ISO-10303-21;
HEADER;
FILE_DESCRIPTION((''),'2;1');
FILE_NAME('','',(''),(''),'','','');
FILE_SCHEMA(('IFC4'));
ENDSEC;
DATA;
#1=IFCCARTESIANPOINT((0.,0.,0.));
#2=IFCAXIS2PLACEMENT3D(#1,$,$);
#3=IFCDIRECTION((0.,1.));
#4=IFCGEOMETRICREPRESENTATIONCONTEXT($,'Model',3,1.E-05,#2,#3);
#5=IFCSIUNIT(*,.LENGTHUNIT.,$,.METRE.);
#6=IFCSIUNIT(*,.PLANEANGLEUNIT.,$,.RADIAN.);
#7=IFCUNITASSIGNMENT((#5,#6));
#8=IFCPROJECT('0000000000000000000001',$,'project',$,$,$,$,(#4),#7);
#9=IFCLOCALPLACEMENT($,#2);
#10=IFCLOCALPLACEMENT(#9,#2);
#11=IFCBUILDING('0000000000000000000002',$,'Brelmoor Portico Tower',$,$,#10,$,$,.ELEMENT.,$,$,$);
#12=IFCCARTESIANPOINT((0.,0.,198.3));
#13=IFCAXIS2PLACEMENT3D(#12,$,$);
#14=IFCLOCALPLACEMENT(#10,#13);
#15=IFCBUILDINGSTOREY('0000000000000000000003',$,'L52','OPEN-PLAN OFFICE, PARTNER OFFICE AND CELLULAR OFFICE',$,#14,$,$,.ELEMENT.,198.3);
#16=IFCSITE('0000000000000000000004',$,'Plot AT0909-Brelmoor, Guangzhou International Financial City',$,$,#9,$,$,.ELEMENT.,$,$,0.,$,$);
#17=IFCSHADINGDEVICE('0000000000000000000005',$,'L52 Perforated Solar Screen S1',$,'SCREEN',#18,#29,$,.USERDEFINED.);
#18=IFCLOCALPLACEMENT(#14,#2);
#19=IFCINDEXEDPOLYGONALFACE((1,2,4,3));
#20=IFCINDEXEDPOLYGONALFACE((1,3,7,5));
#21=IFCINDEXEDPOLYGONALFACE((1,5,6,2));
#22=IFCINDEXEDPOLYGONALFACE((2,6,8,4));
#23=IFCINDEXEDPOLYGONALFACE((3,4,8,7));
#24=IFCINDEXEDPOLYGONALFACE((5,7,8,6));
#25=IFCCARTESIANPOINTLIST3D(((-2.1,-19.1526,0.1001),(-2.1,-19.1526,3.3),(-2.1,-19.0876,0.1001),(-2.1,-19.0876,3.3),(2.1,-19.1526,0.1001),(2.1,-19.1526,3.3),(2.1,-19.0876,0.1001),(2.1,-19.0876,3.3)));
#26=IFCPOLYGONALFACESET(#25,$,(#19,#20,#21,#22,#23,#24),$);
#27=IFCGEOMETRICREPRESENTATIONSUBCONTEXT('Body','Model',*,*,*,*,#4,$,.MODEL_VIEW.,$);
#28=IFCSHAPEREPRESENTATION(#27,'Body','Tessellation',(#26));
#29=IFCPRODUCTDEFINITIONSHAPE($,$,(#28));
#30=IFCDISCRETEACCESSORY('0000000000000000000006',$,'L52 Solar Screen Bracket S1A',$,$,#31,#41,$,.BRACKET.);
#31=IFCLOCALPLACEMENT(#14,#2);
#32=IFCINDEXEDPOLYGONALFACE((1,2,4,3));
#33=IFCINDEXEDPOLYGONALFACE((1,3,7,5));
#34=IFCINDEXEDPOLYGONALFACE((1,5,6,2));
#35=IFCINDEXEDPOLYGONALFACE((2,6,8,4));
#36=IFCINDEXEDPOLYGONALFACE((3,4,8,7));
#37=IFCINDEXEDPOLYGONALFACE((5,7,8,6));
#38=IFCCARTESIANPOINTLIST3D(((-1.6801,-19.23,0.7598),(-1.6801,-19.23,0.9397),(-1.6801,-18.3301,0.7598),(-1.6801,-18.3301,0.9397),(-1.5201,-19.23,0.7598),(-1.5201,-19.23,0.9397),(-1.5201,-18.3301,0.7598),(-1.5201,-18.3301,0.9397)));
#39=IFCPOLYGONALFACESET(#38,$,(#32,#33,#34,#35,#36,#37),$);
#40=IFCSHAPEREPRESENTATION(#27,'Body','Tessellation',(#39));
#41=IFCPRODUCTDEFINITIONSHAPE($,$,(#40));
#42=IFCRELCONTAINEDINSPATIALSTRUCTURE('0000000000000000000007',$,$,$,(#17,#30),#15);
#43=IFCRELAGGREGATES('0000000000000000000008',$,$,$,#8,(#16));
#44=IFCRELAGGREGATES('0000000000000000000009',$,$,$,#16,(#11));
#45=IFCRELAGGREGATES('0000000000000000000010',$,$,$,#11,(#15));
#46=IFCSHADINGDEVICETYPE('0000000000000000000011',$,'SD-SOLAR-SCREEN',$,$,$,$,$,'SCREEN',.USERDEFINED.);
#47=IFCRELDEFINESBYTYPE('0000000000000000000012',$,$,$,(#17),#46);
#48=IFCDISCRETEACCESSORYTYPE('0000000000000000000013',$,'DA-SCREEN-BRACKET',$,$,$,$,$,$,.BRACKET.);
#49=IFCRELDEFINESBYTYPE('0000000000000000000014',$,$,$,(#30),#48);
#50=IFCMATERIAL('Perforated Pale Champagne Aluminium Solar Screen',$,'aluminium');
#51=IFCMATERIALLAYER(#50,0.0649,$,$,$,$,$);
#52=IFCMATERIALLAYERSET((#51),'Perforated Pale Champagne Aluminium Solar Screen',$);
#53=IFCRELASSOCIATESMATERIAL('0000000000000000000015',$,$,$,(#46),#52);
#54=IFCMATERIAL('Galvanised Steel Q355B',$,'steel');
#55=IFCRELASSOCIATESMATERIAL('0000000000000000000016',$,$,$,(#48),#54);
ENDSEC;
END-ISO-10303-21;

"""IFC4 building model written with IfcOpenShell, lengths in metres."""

from ifc_helpers import new_model, si_unit, direction, frame, origin, origin_2d, place, context, subcontext, project, spatial, rectangle, extrude, material, layer, layer_set, type_object, element, save


model = new_model("IFC4")

# Units and contexts
model_context = context("Model", 3, precision=1e-05, world=origin(), true_north=direction((0.0, 1.0)))
body_context = subcontext(model_context, "Body", "Model", "MODEL_VIEW")
ifc_project = project(units=[si_unit("LENGTHUNIT", "METRE"), si_unit("PLANEANGLEUNIT", "RADIAN")], contexts=[model_context])

# Site, building, storey
site_placement = place(None, origin())
site = spatial("IfcSite", under=ifc_project, at=site_placement, Name="Plot AT0909-Brelmoor, Guangzhou International Financial City", CompositionType="ELEMENT", RefElevation=0.0)
building_placement = place(site_placement, origin())
building = spatial("IfcBuilding", under=site, at=building_placement, Name="Brelmoor Portico Tower", CompositionType="ELEMENT")
storey_placement = place(building_placement, frame((0.0, 0.0, 198.3)))
storey = spatial("IfcBuildingStorey", under=building, at=storey_placement, Name="L52", Description="OPEN-PLAN OFFICE, PARTNER OFFICE AND CELLULAR OFFICE", CompositionType="ELEMENT", Elevation=198.3)

# Shading device
ifc_material_1 = material(Name="Perforated Pale Champagne Aluminium Solar Screen", Category="aluminium")
ifc_layer_1 = layer(ifc_material_1, 0.0649)
ifc_layer_set_1 = layer_set([ifc_layer_1], Name="Perforated Pale Champagne Aluminium Solar Screen")
shading_device_type = type_object("IfcShadingDeviceType", Name="SD-SOLAR-SCREEN", ElementType="SCREEN", PredefinedType="USERDEFINED", material=ifc_layer_set_1)
shading_device_placement = place(storey_placement, frame((0.0, -19.1201, 0.1001), z_axis=(0.0, 0.0, 1.0), x_axis=(1.0, 0.0, 0.0)))
element("IfcShadingDevice", 1, at=shading_device_placement, inside=storey, type_object=shading_device_type, Name="L52 Perforated Solar Screen S1", ObjectType="SCREEN", PredefinedType="USERDEFINED", context=body_context, shape_type="SweptSolid", body=[
    extrude(rectangle(XDim=4.2, YDim=0.0649, at=origin_2d()), origin(), (0.0, 0.0, 1.0), 3.2),
])

# Discrete accessory
ifc_material_2 = material(Name="Galvanised Steel Q355B", Category="steel")
discrete_accessory_type = type_object("IfcDiscreteAccessoryType", Name="DA-SCREEN-BRACKET", PredefinedType="BRACKET", material=ifc_material_2)
discrete_accessory_placement = place(storey_placement, frame((-1.6001, -18.78, 0.7598), z_axis=(0.0, 0.0, 1.0), x_axis=(1.0, 0.0, 0.0)))
element("IfcDiscreteAccessory", 2, at=discrete_accessory_placement, inside=storey, type_object=discrete_accessory_type, Name="L52 Solar Screen Bracket S1A", PredefinedType="BRACKET", context=body_context, shape_type="SweptSolid", body=[
    extrude(rectangle(XDim=0.1599, YDim=0.8999, at=origin_2d()), origin(), (0.0, 0.0, 1.0), 0.1799),
])

save(model, "model.ifc")
